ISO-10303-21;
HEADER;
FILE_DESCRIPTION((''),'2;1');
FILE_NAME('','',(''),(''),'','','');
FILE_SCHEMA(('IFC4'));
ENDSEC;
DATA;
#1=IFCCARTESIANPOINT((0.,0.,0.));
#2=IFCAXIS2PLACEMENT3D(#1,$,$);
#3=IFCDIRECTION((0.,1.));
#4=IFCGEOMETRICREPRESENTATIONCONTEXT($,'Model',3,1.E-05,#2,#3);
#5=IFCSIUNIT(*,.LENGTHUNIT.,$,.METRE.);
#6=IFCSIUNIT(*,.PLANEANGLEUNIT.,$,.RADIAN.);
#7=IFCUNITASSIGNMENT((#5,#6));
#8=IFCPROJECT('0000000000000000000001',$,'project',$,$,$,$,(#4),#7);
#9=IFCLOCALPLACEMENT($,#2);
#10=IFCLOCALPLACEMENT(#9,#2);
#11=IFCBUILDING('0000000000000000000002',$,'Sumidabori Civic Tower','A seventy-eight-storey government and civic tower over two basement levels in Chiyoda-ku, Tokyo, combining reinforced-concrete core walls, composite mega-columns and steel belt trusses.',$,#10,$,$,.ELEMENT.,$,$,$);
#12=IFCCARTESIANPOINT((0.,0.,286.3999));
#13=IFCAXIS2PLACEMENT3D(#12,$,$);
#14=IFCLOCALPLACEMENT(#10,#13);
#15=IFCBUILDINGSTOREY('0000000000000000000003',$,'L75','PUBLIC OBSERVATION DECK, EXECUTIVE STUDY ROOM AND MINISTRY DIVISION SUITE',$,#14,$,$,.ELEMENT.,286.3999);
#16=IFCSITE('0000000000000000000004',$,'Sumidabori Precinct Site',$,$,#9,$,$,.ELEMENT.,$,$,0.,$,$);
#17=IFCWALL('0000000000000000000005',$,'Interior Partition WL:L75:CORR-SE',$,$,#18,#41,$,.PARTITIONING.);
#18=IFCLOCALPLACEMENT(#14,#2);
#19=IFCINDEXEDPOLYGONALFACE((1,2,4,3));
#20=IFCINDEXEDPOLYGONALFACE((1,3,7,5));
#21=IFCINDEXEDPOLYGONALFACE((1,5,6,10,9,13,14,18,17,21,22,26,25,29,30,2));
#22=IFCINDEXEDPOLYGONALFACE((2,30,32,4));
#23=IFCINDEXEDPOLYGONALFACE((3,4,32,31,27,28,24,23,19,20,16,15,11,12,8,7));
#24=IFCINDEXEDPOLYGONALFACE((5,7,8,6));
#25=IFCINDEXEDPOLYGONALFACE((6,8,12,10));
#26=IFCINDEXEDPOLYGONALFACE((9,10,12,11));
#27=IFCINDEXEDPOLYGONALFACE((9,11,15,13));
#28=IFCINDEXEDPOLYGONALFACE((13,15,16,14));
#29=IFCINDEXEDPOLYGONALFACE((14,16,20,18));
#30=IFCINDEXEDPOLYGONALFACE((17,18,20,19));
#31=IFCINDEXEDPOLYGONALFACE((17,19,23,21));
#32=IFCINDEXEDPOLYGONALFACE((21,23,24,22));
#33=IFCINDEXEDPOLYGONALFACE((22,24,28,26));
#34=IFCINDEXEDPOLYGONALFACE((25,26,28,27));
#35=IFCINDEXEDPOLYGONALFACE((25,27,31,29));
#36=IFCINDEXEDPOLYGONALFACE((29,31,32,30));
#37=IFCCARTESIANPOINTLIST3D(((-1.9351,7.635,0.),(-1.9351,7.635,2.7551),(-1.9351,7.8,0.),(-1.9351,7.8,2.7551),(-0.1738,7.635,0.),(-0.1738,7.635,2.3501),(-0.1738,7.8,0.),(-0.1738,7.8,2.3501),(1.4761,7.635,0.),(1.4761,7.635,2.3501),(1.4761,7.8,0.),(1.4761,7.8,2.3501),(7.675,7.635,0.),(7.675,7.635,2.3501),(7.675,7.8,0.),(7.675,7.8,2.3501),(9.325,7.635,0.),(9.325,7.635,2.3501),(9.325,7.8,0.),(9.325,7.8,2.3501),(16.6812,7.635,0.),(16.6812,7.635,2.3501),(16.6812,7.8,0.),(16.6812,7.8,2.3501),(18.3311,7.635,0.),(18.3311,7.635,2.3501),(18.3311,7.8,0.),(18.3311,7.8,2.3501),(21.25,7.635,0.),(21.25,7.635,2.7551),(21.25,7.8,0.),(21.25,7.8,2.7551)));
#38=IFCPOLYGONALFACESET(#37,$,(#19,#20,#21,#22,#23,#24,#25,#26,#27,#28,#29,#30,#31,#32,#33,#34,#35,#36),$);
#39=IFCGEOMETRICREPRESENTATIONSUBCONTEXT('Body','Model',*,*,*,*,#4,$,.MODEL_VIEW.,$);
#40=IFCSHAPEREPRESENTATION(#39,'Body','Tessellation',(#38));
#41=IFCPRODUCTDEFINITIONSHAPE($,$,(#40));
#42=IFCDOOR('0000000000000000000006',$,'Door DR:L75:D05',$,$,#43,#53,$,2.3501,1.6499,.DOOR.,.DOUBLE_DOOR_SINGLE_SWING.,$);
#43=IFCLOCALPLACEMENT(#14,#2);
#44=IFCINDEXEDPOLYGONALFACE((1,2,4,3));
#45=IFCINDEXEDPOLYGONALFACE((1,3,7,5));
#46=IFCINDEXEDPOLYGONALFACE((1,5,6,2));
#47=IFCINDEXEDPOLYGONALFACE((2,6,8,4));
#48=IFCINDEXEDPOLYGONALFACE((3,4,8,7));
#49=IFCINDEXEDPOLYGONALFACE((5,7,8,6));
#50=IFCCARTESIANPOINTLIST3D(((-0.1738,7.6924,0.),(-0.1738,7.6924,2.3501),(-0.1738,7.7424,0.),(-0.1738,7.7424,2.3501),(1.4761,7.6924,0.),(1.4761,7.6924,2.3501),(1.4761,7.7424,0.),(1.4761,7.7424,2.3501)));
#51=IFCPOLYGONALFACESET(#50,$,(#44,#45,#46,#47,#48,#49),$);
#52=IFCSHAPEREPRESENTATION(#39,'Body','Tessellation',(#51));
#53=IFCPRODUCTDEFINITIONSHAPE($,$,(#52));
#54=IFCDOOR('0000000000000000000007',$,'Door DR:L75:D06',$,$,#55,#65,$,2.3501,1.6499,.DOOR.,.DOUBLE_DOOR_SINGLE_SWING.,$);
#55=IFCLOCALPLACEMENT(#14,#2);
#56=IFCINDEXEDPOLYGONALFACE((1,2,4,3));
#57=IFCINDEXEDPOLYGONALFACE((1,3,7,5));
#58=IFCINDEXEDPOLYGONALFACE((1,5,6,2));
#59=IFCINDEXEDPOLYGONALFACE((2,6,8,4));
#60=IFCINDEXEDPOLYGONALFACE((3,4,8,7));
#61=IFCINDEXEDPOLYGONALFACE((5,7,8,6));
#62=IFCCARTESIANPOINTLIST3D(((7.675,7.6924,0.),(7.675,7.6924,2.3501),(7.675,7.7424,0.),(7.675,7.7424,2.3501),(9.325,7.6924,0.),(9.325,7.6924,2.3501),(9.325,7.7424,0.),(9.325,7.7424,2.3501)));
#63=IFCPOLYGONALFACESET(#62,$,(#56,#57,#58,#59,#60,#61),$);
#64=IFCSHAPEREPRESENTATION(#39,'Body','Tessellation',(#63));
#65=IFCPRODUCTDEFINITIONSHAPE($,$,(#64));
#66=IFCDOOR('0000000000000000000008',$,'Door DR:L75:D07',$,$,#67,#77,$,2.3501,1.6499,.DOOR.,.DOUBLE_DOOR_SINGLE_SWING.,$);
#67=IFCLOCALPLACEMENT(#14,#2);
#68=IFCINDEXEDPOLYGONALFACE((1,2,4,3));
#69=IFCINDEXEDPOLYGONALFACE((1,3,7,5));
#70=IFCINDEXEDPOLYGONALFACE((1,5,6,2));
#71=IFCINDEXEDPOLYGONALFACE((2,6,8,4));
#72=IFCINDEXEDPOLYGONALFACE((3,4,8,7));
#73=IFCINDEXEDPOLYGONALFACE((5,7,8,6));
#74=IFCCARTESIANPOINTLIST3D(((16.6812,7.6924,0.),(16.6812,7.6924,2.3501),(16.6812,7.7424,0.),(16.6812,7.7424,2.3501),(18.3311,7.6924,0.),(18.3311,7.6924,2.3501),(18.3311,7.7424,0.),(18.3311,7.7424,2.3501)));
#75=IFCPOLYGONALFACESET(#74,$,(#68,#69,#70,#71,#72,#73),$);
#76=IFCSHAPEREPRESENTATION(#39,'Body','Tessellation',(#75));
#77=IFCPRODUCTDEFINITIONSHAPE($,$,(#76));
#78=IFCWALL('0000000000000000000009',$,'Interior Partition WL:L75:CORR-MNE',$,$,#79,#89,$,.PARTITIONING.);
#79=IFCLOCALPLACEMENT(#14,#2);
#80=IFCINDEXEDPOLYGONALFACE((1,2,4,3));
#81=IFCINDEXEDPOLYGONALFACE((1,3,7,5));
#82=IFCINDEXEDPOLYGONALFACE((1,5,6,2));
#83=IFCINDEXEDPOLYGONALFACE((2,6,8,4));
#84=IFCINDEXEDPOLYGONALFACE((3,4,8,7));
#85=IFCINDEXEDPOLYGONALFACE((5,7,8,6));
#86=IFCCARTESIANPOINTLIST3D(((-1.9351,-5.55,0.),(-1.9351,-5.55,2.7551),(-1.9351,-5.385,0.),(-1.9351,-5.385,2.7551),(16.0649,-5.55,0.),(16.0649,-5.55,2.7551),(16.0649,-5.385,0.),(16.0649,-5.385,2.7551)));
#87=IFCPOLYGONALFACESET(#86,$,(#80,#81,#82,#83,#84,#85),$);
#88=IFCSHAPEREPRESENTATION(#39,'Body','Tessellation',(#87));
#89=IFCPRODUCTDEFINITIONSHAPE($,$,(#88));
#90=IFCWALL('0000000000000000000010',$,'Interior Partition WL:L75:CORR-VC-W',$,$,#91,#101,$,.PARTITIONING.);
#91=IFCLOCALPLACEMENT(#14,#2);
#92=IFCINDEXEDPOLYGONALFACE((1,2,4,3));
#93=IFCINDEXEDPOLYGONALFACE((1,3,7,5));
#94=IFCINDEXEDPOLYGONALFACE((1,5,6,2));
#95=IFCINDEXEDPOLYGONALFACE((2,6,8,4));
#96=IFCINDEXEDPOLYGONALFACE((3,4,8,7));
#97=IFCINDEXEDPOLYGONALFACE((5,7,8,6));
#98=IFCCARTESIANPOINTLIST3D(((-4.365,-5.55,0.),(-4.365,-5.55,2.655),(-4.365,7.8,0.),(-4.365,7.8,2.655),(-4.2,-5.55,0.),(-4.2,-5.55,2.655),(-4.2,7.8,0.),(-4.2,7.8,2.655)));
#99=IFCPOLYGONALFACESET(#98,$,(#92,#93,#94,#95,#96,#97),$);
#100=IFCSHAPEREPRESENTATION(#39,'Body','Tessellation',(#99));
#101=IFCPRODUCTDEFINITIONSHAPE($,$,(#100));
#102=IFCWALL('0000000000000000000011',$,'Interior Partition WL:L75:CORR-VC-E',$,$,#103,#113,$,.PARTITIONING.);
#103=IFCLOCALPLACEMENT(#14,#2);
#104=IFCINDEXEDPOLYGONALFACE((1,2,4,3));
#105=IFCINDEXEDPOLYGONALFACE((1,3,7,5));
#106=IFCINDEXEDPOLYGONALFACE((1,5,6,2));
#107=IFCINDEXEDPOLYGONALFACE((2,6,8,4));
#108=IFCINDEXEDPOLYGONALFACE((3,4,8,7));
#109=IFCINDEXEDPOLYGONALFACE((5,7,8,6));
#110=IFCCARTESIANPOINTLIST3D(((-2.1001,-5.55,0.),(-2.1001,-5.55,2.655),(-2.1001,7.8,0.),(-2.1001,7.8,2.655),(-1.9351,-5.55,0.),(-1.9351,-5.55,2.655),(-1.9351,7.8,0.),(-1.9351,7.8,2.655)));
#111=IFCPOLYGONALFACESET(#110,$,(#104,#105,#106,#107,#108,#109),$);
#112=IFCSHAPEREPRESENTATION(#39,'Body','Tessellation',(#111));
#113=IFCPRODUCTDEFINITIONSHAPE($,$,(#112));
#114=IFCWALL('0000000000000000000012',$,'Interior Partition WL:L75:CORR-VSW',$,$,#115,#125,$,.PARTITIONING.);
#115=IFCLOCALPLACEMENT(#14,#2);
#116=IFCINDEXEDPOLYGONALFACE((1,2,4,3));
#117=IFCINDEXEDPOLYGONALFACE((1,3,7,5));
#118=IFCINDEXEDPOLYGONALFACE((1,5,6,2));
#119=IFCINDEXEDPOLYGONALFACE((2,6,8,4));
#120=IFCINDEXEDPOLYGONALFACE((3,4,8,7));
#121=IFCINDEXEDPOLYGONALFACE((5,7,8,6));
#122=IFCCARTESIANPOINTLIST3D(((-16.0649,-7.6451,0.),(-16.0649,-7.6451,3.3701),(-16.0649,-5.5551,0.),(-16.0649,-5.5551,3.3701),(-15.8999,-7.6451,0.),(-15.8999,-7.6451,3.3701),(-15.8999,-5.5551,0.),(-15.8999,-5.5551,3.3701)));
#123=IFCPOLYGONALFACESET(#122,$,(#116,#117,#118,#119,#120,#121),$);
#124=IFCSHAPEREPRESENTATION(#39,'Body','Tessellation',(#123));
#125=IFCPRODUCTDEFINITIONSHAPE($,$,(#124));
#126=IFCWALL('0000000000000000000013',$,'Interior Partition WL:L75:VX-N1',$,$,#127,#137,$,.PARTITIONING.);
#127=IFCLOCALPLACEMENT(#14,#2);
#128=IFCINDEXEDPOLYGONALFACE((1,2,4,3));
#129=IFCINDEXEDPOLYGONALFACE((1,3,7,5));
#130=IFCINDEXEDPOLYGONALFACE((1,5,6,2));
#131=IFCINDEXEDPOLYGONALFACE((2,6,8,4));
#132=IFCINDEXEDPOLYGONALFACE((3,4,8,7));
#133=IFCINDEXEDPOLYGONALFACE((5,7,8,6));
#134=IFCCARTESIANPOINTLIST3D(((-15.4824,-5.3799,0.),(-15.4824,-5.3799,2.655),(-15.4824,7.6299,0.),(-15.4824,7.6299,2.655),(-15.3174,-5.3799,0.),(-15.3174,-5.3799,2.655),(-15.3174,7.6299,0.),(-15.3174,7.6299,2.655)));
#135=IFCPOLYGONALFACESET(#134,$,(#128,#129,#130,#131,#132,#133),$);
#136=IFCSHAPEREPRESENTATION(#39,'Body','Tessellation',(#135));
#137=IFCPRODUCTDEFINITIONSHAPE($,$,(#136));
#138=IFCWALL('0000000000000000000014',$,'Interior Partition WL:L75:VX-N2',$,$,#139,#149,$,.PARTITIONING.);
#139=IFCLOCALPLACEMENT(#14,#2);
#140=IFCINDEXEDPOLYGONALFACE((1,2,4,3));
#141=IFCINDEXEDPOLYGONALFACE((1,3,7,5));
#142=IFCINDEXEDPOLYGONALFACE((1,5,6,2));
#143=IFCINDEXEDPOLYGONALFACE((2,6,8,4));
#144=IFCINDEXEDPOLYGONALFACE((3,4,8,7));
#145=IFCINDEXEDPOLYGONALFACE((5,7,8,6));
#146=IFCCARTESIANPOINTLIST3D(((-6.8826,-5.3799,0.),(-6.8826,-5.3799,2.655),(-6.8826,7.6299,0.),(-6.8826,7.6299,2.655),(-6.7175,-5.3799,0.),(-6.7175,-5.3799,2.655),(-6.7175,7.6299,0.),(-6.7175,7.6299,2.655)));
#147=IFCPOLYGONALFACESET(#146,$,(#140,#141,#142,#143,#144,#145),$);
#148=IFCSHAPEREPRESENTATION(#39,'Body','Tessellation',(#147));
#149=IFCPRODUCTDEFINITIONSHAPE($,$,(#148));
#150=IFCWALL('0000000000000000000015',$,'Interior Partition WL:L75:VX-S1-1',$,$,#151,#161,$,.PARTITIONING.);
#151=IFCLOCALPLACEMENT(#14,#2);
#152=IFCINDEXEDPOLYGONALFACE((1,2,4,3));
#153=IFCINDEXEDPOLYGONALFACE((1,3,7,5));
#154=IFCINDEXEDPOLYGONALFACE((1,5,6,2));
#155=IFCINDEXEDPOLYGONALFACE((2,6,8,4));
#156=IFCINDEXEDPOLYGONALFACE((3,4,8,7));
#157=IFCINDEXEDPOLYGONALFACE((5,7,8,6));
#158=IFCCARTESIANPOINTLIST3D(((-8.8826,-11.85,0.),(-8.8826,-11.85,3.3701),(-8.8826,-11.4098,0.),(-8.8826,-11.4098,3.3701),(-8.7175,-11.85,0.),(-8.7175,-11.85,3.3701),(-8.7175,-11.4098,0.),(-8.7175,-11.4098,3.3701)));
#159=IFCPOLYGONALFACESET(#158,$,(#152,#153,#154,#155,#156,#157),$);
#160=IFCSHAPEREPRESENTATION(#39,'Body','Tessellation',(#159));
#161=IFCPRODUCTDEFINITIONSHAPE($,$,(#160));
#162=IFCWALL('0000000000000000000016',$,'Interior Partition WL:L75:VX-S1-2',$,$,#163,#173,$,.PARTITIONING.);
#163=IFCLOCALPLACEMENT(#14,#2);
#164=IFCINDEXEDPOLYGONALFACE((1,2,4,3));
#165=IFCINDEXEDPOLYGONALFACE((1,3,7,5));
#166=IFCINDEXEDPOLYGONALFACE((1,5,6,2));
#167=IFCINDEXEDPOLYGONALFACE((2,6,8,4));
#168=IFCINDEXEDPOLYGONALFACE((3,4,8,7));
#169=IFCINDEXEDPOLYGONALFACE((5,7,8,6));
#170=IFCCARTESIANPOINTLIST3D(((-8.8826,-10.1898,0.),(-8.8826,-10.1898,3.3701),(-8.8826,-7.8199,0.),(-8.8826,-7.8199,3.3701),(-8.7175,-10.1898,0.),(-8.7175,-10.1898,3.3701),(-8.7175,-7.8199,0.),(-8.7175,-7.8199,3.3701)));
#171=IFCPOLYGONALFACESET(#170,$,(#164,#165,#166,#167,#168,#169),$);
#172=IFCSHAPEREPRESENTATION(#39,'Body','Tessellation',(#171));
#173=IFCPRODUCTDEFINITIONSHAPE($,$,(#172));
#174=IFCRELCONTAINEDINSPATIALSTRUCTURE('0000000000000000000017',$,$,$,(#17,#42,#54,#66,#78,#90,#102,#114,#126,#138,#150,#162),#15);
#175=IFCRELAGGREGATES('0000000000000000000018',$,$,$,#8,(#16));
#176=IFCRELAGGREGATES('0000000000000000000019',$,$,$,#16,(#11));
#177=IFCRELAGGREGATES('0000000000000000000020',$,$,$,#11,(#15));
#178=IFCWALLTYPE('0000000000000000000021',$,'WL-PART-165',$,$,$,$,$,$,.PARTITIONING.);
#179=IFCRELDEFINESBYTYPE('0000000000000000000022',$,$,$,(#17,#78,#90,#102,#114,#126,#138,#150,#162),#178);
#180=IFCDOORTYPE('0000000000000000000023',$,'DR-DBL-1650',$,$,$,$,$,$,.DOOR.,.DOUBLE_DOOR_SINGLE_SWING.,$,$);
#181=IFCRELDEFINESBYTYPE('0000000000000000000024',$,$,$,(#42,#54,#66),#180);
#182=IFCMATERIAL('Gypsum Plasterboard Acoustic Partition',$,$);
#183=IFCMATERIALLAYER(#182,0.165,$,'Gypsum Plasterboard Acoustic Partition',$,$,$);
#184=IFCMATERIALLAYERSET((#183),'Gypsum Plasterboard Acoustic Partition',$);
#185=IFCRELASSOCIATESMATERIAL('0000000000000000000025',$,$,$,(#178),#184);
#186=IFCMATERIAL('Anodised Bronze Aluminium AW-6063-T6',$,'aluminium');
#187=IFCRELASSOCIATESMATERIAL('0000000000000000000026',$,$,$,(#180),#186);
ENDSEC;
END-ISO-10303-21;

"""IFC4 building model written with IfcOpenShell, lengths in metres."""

from ifc_helpers import new_model, si_unit, direction, frame, frame_2d, origin, place, context, subcontext, project, spatial, rectangle, extrude, source, transform, mapped, material, layer, layer_set, type_object, element, fill, save


model = new_model("IFC4")

# Units and contexts
model_context = context("Model", 3, precision=1e-05, world=origin(), true_north=direction((0.0, 1.0)))
body_context = subcontext(model_context, "Body", "Model", "MODEL_VIEW")
ifc_project = project(units=[si_unit("LENGTHUNIT", "METRE"), si_unit("PLANEANGLEUNIT", "RADIAN")], contexts=[model_context])

# Site, building, storey
site_placement = place(None, origin())
site = spatial("IfcSite", under=ifc_project, at=site_placement, Name="Sumidabori Precinct Site", CompositionType="ELEMENT", RefElevation=0.0)
building_placement = place(site_placement, origin())
building = spatial("IfcBuilding", under=site, at=building_placement, Name="Sumidabori Civic Tower", Description="A seventy-eight-storey government and civic tower over two basement levels in Chiyoda-ku, Tokyo, combining reinforced-concrete core walls, composite mega-columns and steel belt trusses.", CompositionType="ELEMENT")
storey_placement = place(building_placement, frame((0.0, 0.0, 286.3999)))
storey = spatial("IfcBuildingStorey", under=building, at=storey_placement, Name="L75", Description="PUBLIC OBSERVATION DECK, EXECUTIVE STUDY ROOM AND MINISTRY DIVISION SUITE", CompositionType="ELEMENT", Elevation=286.3999)

# Shared definitions
ifc_material_1 = material(Name="Anodised Bronze Aluminium AW-6063-T6", Category="aluminium")

# Wall, openings, doors
ifc_material_2 = material(Name="Gypsum Plasterboard Acoustic Partition")
ifc_layer_1 = layer(ifc_material_2, 0.165, Name="Gypsum Plasterboard Acoustic Partition")
ifc_layer_set_1 = layer_set([ifc_layer_1], Name="Gypsum Plasterboard Acoustic Partition")
wall_type = type_object("IfcWallType", Name="WL-PART-165", PredefinedType="PARTITIONING", material=ifc_layer_set_1)
shared_shape_1 = source(origin(), body_context, "Body", "SweptSolid", [
    extrude(rectangle(XDim=23.1851, YDim=0.165, at=frame_2d((11.5925, 0.0))), origin(), (0.0, 0.0, 1.0), 2.7551),
])
wall_1_placement = place(storey_placement, frame((-1.9351, 7.7175, 0.0), z_axis=(0.0, 0.0, 1.0), x_axis=(1.0, 0.0, 0.0)))
wall_1 = element("IfcWall", 1, at=wall_1_placement, inside=storey, type_object=wall_type, Name="Interior Partition WL:L75:CORR-SE", PredefinedType="PARTITIONING", context=body_context, shape_type="MappedRepresentation", body=[
    mapped(shared_shape_1, transform((0.0, 0.0, 0.0), x_axis=(1.0, 0.0, 0.0), y_axis=(0.0, 1.0, 0.0), z_axis=(0.0, 0.0, 1.0), scale=1.0)),
])
opening_1_placement = place(wall_1_placement, frame((1.7612, 0.0, 0.0)))
opening_1 = element("IfcOpeningElement", 2, at=opening_1_placement, cuts=wall_1, PredefinedType="OPENING", context=body_context, shape_type="SweptSolid", body=[
    extrude(rectangle(XDim=1.6499, YDim=2.3501, at=frame_2d((0.825, 1.175))), frame((0.0, 0.0945, 0.0), z_axis=(0.0, -1.0, 0.0), x_axis=(1.0, 0.0, 0.0)), (0.0, 0.0, 1.0), 0.189),
])
opening_2_placement = place(wall_1_placement, frame((9.6101, 0.0, 0.0)))
opening_2 = element("IfcOpeningElement", 3, at=opening_2_placement, cuts=wall_1, PredefinedType="OPENING", context=body_context, shape_type="SweptSolid", body=[
    extrude(rectangle(XDim=1.6499, YDim=2.3501, at=frame_2d((0.825, 1.175))), frame((0.0, 0.0945, 0.0), z_axis=(0.0, -1.0, 0.0), x_axis=(1.0, 0.0, 0.0)), (0.0, 0.0, 1.0), 0.189),
])
opening_3_placement = place(wall_1_placement, frame((18.6162, 0.0, 0.0)))
opening_3 = element("IfcOpeningElement", 4, at=opening_3_placement, cuts=wall_1, PredefinedType="OPENING", context=body_context, shape_type="SweptSolid", body=[
    extrude(rectangle(XDim=1.6499, YDim=2.3501, at=frame_2d((0.825, 1.175))), frame((0.0, 0.0945, 0.0), z_axis=(0.0, -1.0, 0.0), x_axis=(1.0, 0.0, 0.0)), (0.0, 0.0, 1.0), 0.189),
])
door_type = type_object("IfcDoorType", Name="DR-DBL-1650", OperationType="DOUBLE_DOOR_SINGLE_SWING", PredefinedType="DOOR", material=ifc_material_1)
shared_shape_2 = source(origin(), body_context, "Body", "SweptSolid", [
    extrude(rectangle(XDim=1.6499, YDim=2.3501, at=frame_2d((0.825, 1.175))), frame((0.0, 0.0249, 0.0), z_axis=(0.0, -1.0, 0.0), x_axis=(1.0, 0.0, 0.0)), (0.0, 0.0, 1.0), 0.05),
])
door_1_placement = place(opening_1_placement, origin())
door_1 = element("IfcDoor", 5, at=door_1_placement, inside=storey, type_object=door_type, Name="Door DR:L75:D05", OperationType="DOUBLE_DOOR_SINGLE_SWING", OverallHeight=2.3501, OverallWidth=1.6499, PredefinedType="DOOR", context=body_context, shape_type="MappedRepresentation", body=[
    mapped(shared_shape_2, transform((0.0, 0.0, 0.0), x_axis=(1.0, 0.0, 0.0), y_axis=(0.0, 1.0, 0.0), z_axis=(0.0, 0.0, 1.0), scale=1.0)),
])
fill(opening_1, door_1)
door_2_placement = place(opening_2_placement, origin())
door_2 = element("IfcDoor", 6, at=door_2_placement, inside=storey, type_object=door_type, Name="Door DR:L75:D06", OperationType="DOUBLE_DOOR_SINGLE_SWING", OverallHeight=2.3501, OverallWidth=1.6499, PredefinedType="DOOR", context=body_context, shape_type="MappedRepresentation", body=[
    mapped(shared_shape_2, transform((0.0, 0.0, 0.0), x_axis=(1.0, 0.0, 0.0), y_axis=(0.0, 1.0, 0.0), z_axis=(0.0, 0.0, 1.0), scale=1.0)),
])
fill(opening_2, door_2)
door_3_placement = place(opening_3_placement, origin())
door_3 = element("IfcDoor", 7, at=door_3_placement, inside=storey, type_object=door_type, Name="Door DR:L75:D07", OperationType="DOUBLE_DOOR_SINGLE_SWING", OverallHeight=2.3501, OverallWidth=1.6499, PredefinedType="DOOR", context=body_context, shape_type="MappedRepresentation", body=[
    mapped(shared_shape_2, transform((0.0, 0.0, 0.0), x_axis=(1.0, 0.0, 0.0), y_axis=(0.0, 1.0, 0.0), z_axis=(0.0, 0.0, 1.0), scale=1.0)),
])
fill(opening_3, door_3)

# Walls
shared_shape_3 = source(origin(), body_context, "Body", "SweptSolid", [
    extrude(rectangle(XDim=18.0, YDim=0.165, at=frame_2d((9.0, 0.0))), origin(), (0.0, 0.0, 1.0), 2.7551),
])
wall_2_placement = place(storey_placement, frame((-1.9351, -5.4675, 0.0), z_axis=(0.0, 0.0, 1.0), x_axis=(1.0, 0.0, 0.0)))
element("IfcWall", 8, at=wall_2_placement, inside=storey, type_object=wall_type, Name="Interior Partition WL:L75:CORR-MNE", PredefinedType="PARTITIONING", context=body_context, shape_type="MappedRepresentation", body=[
    mapped(shared_shape_3, transform((0.0, 0.0, 0.0), x_axis=(1.0, 0.0, 0.0), y_axis=(0.0, 1.0, 0.0), z_axis=(0.0, 0.0, 1.0), scale=1.0)),
])
shared_shape_4 = source(origin(), body_context, "Body", "SweptSolid", [
    extrude(rectangle(XDim=13.3501, YDim=0.165, at=frame_2d((6.675, 0.0))), origin(), (0.0, 0.0, 1.0), 2.655),
])
for number, where, z_axis, x_axis, name in (
    (9, (-4.2825, -5.55, 0.0), (0.0, 0.0, 1.0), (0.0, 1.0, 0.0), "Interior Partition WL:L75:CORR-VC-W"),
    (10, (-2.0176, -5.55, 0.0), (0.0, 0.0, 1.0), (0.0, 1.0, 0.0), "Interior Partition WL:L75:CORR-VC-E"),
):
    element("IfcWall", number, at=place(storey_placement, frame(where, z_axis=z_axis, x_axis=x_axis)), inside=storey, type_object=wall_type, Name=name, PredefinedType="PARTITIONING", context=body_context, shape_type="MappedRepresentation", body=[
        mapped(shared_shape_4, transform((0.0, 0.0, 0.0), x_axis=(1.0, 0.0, 0.0), y_axis=(0.0, 1.0, 0.0), z_axis=(0.0, 0.0, 1.0), scale=1.0)),
    ])
shared_shape_5 = source(origin(), body_context, "Body", "SweptSolid", [
    extrude(rectangle(XDim=2.0901, YDim=0.165, at=frame_2d((1.0449, 0.0))), origin(), (0.0, 0.0, 1.0), 3.3701),
])
wall_3_placement = place(storey_placement, frame((-15.9824, -7.645, 0.0), z_axis=(0.0, 0.0, 1.0), x_axis=(0.0, 1.0, 0.0)))
element("IfcWall", 11, at=wall_3_placement, inside=storey, type_object=wall_type, Name="Interior Partition WL:L75:CORR-VSW", PredefinedType="PARTITIONING", context=body_context, shape_type="MappedRepresentation", body=[
    mapped(shared_shape_5, transform((0.0, 0.0, 0.0), x_axis=(1.0, 0.0, 0.0), y_axis=(0.0, 1.0, 0.0), z_axis=(0.0, 0.0, 1.0), scale=1.0)),
])
shared_shape_6 = source(origin(), body_context, "Body", "SweptSolid", [
    extrude(rectangle(XDim=13.0098, YDim=0.165, at=frame_2d((6.5049, 0.0))), origin(), (0.0, 0.0, 1.0), 2.655),
])
for number, where, z_axis, x_axis, name in (
    (12, (-15.3999, -5.3799, 0.0), (0.0, 0.0, 1.0), (0.0, 1.0, 0.0), "Interior Partition WL:L75:VX-N1"),
    (13, (-6.8, -5.3799, 0.0), (0.0, 0.0, 1.0), (0.0, 1.0, 0.0), "Interior Partition WL:L75:VX-N2"),
):
    element("IfcWall", number, at=place(storey_placement, frame(where, z_axis=z_axis, x_axis=x_axis)), inside=storey, type_object=wall_type, Name=name, PredefinedType="PARTITIONING", context=body_context, shape_type="MappedRepresentation", body=[
        mapped(shared_shape_6, transform((0.0, 0.0, 0.0), x_axis=(1.0, 0.0, 0.0), y_axis=(0.0, 1.0, 0.0), z_axis=(0.0, 0.0, 1.0), scale=1.0)),
    ])
shared_shape_7 = source(origin(), body_context, "Body", "SweptSolid", [
    extrude(rectangle(XDim=0.4402, YDim=0.165, at=frame_2d((0.2202, 0.0))), origin(), (0.0, 0.0, 1.0), 3.3701),
])
wall_4_placement = place(storey_placement, frame((-8.8, -11.8501, 0.0), z_axis=(0.0, 0.0, 1.0), x_axis=(0.0, 1.0, 0.0)))
element("IfcWall", 14, at=wall_4_placement, inside=storey, type_object=wall_type, Name="Interior Partition WL:L75:VX-S1-1", PredefinedType="PARTITIONING", context=body_context, shape_type="MappedRepresentation", body=[
    mapped(shared_shape_7, transform((0.0, 0.0, 0.0), x_axis=(1.0, 0.0, 0.0), y_axis=(0.0, 1.0, 0.0), z_axis=(0.0, 0.0, 1.0), scale=1.0)),
])
shared_shape_8 = source(origin(), body_context, "Body", "SweptSolid", [
    extrude(rectangle(XDim=2.3699, YDim=0.165, at=frame_2d((1.1851, 0.0))), origin(), (0.0, 0.0, 1.0), 3.3701),
])
wall_5_placement = place(storey_placement, frame((-8.8, -10.1899, 0.0), z_axis=(0.0, 0.0, 1.0), x_axis=(0.0, 1.0, 0.0)))
element("IfcWall", 15, at=wall_5_placement, inside=storey, type_object=wall_type, Name="Interior Partition WL:L75:VX-S1-2", PredefinedType="PARTITIONING", context=body_context, shape_type="MappedRepresentation", body=[
    mapped(shared_shape_8, transform((0.0, 0.0, 0.0), x_axis=(1.0, 0.0, 0.0), y_axis=(0.0, 1.0, 0.0), z_axis=(0.0, 0.0, 1.0), scale=1.0)),
])

save(model, "model.ifc")
